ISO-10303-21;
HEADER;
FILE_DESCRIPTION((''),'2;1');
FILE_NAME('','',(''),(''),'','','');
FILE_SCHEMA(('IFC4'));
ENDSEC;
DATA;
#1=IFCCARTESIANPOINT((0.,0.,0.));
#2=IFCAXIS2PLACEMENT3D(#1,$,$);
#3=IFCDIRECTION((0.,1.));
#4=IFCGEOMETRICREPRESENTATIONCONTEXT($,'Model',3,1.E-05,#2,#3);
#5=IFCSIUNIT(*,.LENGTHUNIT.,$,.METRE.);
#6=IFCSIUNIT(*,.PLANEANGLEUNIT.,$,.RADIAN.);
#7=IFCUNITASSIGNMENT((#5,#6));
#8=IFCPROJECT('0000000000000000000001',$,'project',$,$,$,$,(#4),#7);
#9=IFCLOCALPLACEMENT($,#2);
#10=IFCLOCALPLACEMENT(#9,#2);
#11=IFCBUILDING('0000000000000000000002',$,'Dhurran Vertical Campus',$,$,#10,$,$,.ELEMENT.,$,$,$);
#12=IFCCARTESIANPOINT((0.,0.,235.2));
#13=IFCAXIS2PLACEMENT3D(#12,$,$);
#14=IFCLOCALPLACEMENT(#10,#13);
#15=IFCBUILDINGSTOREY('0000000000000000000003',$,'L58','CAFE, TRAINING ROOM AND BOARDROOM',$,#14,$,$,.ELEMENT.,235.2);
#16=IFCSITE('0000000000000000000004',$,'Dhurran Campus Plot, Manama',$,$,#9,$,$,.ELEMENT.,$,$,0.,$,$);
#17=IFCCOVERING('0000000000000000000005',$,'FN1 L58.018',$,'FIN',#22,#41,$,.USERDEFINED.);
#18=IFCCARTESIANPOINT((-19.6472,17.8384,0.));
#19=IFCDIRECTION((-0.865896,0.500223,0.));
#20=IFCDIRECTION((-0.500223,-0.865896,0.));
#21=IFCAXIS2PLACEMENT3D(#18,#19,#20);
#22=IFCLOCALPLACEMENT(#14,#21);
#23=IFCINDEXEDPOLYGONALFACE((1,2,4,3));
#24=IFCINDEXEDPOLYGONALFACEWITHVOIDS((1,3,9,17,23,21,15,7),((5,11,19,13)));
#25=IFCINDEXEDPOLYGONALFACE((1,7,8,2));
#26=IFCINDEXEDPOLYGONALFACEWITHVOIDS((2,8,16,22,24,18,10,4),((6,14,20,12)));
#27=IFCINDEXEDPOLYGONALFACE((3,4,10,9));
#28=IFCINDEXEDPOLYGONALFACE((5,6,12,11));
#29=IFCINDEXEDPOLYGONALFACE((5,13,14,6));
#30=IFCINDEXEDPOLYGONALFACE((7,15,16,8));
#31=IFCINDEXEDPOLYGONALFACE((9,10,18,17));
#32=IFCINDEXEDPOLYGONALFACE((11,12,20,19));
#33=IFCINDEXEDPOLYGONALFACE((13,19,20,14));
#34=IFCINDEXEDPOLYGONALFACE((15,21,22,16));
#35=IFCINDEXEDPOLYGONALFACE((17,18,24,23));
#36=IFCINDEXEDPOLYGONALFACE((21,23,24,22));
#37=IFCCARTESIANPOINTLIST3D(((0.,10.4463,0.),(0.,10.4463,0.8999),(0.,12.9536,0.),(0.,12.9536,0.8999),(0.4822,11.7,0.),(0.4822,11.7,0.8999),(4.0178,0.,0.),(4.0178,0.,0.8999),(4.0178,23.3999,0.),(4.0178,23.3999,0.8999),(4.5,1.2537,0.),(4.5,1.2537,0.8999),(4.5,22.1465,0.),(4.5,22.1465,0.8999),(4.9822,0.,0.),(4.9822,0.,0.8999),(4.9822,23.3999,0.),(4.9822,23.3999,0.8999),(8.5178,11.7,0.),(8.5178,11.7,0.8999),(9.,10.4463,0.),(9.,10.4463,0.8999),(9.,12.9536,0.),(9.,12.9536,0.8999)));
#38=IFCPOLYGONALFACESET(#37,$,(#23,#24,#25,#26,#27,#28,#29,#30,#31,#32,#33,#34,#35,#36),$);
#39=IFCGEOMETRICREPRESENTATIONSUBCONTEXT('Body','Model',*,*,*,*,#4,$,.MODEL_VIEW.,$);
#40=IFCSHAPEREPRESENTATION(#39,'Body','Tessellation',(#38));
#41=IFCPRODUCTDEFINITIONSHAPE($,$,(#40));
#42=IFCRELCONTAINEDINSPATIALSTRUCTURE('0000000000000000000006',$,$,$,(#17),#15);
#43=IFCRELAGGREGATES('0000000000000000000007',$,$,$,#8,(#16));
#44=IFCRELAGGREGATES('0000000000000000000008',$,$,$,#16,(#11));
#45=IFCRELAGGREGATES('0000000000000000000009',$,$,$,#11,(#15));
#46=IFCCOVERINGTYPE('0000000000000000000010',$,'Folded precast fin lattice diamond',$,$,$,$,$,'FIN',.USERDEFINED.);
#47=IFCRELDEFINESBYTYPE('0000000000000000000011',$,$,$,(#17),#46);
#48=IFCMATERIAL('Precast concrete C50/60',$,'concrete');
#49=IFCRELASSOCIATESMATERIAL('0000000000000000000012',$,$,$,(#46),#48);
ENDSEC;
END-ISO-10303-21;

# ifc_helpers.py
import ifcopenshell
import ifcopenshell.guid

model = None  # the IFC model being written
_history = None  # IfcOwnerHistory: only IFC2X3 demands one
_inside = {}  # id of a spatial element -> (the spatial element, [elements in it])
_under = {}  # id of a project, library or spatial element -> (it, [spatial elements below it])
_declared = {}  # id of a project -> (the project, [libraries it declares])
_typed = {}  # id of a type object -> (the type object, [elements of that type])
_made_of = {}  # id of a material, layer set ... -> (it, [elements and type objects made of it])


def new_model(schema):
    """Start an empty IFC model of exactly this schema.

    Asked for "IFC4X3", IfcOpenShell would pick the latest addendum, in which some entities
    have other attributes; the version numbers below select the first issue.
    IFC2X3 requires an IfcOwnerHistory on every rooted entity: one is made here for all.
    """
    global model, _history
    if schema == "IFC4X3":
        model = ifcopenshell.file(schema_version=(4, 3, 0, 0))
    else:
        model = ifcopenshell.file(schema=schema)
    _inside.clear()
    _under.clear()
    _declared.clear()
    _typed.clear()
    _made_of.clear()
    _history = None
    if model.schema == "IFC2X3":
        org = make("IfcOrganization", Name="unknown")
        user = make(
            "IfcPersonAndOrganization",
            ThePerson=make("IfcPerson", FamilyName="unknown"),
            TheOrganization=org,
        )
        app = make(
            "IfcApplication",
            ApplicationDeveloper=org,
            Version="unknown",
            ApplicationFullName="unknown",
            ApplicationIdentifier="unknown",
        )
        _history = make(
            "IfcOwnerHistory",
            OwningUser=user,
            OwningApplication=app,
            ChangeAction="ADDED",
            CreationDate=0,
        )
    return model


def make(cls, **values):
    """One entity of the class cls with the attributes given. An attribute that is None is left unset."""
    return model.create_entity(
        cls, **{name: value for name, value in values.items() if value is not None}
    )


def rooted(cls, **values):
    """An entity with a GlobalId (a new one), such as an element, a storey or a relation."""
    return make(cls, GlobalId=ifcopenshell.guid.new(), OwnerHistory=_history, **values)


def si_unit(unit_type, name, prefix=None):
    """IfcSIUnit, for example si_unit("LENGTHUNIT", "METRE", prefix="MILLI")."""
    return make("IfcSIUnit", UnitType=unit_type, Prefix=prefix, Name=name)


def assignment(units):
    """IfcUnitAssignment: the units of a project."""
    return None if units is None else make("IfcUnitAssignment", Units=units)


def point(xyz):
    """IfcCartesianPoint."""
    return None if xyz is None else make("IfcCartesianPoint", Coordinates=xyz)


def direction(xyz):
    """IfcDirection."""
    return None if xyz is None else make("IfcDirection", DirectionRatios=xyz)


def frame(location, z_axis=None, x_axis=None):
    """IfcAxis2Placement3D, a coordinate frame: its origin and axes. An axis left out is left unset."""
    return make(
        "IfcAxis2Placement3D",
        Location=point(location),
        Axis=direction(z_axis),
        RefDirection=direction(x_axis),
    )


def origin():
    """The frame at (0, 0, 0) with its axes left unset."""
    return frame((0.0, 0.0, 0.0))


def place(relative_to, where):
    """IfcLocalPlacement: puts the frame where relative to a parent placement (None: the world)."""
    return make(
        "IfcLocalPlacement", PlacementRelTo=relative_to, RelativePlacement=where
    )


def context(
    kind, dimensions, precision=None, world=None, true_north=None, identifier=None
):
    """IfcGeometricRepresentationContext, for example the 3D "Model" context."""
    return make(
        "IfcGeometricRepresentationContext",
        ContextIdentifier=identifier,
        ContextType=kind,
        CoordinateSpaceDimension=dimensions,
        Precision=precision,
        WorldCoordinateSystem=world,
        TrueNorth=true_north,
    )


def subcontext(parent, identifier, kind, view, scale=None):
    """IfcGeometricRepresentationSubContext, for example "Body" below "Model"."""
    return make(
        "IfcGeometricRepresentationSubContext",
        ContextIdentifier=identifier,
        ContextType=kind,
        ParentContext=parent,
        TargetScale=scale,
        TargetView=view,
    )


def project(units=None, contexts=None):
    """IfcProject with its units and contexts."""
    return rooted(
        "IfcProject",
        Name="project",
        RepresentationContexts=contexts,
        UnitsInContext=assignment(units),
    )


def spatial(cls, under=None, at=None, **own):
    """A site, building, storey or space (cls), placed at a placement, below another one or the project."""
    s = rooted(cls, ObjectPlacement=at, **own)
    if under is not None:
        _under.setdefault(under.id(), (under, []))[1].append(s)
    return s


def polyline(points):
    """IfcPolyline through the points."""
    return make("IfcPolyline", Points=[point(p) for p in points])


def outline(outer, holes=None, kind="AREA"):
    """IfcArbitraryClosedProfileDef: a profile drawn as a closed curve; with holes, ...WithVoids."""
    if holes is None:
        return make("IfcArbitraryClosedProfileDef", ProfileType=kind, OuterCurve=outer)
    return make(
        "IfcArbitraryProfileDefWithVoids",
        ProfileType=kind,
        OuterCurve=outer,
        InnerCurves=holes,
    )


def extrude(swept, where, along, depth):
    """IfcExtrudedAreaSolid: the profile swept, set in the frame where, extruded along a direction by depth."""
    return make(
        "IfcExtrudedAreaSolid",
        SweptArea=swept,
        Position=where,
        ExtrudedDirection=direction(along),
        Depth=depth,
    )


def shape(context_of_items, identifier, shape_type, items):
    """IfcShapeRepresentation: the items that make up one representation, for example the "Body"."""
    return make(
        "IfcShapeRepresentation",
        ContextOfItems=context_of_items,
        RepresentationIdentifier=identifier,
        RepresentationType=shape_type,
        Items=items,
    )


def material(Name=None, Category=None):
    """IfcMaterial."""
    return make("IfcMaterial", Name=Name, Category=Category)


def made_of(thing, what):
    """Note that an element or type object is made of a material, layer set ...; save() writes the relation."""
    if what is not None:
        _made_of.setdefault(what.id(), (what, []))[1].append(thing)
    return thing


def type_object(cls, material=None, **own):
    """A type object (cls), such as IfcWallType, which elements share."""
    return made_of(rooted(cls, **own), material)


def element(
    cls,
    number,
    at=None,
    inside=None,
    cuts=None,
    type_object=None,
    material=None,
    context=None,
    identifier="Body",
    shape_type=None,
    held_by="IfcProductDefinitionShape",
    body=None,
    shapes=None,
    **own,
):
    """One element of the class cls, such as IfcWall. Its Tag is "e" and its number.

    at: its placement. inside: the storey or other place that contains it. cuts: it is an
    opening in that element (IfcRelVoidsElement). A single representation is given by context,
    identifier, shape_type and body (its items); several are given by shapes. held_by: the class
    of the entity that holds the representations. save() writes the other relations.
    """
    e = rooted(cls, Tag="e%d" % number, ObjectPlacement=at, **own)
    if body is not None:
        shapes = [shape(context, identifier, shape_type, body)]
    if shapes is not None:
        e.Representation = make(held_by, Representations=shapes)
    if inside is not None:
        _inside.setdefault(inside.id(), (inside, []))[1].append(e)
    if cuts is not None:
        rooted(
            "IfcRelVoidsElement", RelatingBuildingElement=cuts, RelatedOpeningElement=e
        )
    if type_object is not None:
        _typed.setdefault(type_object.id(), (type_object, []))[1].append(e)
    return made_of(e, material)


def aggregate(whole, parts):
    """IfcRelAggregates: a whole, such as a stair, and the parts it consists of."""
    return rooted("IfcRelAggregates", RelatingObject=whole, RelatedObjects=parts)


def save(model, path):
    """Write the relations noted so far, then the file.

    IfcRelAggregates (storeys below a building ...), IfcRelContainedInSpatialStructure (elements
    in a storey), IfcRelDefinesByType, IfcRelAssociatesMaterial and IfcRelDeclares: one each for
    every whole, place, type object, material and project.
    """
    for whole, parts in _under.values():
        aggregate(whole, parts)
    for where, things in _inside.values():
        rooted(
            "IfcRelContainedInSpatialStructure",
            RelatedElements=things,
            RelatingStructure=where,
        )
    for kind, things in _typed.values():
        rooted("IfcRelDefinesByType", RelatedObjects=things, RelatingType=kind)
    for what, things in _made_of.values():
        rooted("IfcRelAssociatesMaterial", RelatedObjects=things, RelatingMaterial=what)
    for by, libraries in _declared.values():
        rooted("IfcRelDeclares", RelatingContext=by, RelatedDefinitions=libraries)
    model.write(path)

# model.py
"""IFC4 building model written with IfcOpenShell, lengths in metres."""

from ifc_helpers import new_model, si_unit, direction, frame, origin, place, context, subcontext, project, spatial, polyline, outline, extrude, material, type_object, element, save


model = new_model("IFC4")

# Units and contexts
model_context = context("Model", 3, precision=1e-05, world=origin(), true_north=direction((0.0, 1.0)))
body_context = subcontext(model_context, "Body", "Model", "MODEL_VIEW")
ifc_project = project(units=[si_unit("LENGTHUNIT", "METRE"), si_unit("PLANEANGLEUNIT", "RADIAN")], contexts=[model_context])

# Site, building, storey
site_placement = place(None, origin())
site = spatial("IfcSite", under=ifc_project, at=site_placement, Name="Dhurran Campus Plot, Manama", CompositionType="ELEMENT", RefElevation=0.0)
building_placement = place(site_placement, origin())
building = spatial("IfcBuilding", under=site, at=building_placement, Name="Dhurran Vertical Campus", CompositionType="ELEMENT")
storey_placement = place(building_placement, frame((0.0, 0.0, 235.2)))
storey = spatial("IfcBuildingStorey", under=building, at=storey_placement, Name="L58", Description="CAFE, TRAINING ROOM AND BOARDROOM", CompositionType="ELEMENT", Elevation=235.2)

# Covering
ifc_material_1 = material(Name="Precast concrete C50/60", Category="concrete")
covering_type = type_object("IfcCoveringType", Name="Folded precast fin lattice diamond", ElementType="FIN", PredefinedType="USERDEFINED", material=ifc_material_1)
covering_placement = place(storey_placement, frame((-19.6472, 17.8384, 0.0), z_axis=(-0.865896, 0.500223, 0.0), x_axis=(-0.500223, -0.865896, 0.0)))
element("IfcCovering", 1, at=covering_placement, inside=storey, type_object=covering_type, Name="FN1 L58.018", ObjectType="FIN", PredefinedType="USERDEFINED", context=body_context, shape_type="SweptSolid", body=[
    extrude(outline(polyline([(9.0, 12.9536), (9.0, 10.4463), (4.9822, 0.0), (4.0178, 0.0), (0.0, 10.4463), (0.0, 12.9536), (4.0178, 23.3999), (4.9822, 23.3999), (9.0, 12.9536)]), holes=[polyline([(8.5178, 11.7), (4.5, 22.1465), (0.4822, 11.7), (4.5, 1.2537), (8.5178, 11.7)])]), origin(), (0.0, 0.0, 1.0), 0.8999),
])

save(model, "model.ifc")
